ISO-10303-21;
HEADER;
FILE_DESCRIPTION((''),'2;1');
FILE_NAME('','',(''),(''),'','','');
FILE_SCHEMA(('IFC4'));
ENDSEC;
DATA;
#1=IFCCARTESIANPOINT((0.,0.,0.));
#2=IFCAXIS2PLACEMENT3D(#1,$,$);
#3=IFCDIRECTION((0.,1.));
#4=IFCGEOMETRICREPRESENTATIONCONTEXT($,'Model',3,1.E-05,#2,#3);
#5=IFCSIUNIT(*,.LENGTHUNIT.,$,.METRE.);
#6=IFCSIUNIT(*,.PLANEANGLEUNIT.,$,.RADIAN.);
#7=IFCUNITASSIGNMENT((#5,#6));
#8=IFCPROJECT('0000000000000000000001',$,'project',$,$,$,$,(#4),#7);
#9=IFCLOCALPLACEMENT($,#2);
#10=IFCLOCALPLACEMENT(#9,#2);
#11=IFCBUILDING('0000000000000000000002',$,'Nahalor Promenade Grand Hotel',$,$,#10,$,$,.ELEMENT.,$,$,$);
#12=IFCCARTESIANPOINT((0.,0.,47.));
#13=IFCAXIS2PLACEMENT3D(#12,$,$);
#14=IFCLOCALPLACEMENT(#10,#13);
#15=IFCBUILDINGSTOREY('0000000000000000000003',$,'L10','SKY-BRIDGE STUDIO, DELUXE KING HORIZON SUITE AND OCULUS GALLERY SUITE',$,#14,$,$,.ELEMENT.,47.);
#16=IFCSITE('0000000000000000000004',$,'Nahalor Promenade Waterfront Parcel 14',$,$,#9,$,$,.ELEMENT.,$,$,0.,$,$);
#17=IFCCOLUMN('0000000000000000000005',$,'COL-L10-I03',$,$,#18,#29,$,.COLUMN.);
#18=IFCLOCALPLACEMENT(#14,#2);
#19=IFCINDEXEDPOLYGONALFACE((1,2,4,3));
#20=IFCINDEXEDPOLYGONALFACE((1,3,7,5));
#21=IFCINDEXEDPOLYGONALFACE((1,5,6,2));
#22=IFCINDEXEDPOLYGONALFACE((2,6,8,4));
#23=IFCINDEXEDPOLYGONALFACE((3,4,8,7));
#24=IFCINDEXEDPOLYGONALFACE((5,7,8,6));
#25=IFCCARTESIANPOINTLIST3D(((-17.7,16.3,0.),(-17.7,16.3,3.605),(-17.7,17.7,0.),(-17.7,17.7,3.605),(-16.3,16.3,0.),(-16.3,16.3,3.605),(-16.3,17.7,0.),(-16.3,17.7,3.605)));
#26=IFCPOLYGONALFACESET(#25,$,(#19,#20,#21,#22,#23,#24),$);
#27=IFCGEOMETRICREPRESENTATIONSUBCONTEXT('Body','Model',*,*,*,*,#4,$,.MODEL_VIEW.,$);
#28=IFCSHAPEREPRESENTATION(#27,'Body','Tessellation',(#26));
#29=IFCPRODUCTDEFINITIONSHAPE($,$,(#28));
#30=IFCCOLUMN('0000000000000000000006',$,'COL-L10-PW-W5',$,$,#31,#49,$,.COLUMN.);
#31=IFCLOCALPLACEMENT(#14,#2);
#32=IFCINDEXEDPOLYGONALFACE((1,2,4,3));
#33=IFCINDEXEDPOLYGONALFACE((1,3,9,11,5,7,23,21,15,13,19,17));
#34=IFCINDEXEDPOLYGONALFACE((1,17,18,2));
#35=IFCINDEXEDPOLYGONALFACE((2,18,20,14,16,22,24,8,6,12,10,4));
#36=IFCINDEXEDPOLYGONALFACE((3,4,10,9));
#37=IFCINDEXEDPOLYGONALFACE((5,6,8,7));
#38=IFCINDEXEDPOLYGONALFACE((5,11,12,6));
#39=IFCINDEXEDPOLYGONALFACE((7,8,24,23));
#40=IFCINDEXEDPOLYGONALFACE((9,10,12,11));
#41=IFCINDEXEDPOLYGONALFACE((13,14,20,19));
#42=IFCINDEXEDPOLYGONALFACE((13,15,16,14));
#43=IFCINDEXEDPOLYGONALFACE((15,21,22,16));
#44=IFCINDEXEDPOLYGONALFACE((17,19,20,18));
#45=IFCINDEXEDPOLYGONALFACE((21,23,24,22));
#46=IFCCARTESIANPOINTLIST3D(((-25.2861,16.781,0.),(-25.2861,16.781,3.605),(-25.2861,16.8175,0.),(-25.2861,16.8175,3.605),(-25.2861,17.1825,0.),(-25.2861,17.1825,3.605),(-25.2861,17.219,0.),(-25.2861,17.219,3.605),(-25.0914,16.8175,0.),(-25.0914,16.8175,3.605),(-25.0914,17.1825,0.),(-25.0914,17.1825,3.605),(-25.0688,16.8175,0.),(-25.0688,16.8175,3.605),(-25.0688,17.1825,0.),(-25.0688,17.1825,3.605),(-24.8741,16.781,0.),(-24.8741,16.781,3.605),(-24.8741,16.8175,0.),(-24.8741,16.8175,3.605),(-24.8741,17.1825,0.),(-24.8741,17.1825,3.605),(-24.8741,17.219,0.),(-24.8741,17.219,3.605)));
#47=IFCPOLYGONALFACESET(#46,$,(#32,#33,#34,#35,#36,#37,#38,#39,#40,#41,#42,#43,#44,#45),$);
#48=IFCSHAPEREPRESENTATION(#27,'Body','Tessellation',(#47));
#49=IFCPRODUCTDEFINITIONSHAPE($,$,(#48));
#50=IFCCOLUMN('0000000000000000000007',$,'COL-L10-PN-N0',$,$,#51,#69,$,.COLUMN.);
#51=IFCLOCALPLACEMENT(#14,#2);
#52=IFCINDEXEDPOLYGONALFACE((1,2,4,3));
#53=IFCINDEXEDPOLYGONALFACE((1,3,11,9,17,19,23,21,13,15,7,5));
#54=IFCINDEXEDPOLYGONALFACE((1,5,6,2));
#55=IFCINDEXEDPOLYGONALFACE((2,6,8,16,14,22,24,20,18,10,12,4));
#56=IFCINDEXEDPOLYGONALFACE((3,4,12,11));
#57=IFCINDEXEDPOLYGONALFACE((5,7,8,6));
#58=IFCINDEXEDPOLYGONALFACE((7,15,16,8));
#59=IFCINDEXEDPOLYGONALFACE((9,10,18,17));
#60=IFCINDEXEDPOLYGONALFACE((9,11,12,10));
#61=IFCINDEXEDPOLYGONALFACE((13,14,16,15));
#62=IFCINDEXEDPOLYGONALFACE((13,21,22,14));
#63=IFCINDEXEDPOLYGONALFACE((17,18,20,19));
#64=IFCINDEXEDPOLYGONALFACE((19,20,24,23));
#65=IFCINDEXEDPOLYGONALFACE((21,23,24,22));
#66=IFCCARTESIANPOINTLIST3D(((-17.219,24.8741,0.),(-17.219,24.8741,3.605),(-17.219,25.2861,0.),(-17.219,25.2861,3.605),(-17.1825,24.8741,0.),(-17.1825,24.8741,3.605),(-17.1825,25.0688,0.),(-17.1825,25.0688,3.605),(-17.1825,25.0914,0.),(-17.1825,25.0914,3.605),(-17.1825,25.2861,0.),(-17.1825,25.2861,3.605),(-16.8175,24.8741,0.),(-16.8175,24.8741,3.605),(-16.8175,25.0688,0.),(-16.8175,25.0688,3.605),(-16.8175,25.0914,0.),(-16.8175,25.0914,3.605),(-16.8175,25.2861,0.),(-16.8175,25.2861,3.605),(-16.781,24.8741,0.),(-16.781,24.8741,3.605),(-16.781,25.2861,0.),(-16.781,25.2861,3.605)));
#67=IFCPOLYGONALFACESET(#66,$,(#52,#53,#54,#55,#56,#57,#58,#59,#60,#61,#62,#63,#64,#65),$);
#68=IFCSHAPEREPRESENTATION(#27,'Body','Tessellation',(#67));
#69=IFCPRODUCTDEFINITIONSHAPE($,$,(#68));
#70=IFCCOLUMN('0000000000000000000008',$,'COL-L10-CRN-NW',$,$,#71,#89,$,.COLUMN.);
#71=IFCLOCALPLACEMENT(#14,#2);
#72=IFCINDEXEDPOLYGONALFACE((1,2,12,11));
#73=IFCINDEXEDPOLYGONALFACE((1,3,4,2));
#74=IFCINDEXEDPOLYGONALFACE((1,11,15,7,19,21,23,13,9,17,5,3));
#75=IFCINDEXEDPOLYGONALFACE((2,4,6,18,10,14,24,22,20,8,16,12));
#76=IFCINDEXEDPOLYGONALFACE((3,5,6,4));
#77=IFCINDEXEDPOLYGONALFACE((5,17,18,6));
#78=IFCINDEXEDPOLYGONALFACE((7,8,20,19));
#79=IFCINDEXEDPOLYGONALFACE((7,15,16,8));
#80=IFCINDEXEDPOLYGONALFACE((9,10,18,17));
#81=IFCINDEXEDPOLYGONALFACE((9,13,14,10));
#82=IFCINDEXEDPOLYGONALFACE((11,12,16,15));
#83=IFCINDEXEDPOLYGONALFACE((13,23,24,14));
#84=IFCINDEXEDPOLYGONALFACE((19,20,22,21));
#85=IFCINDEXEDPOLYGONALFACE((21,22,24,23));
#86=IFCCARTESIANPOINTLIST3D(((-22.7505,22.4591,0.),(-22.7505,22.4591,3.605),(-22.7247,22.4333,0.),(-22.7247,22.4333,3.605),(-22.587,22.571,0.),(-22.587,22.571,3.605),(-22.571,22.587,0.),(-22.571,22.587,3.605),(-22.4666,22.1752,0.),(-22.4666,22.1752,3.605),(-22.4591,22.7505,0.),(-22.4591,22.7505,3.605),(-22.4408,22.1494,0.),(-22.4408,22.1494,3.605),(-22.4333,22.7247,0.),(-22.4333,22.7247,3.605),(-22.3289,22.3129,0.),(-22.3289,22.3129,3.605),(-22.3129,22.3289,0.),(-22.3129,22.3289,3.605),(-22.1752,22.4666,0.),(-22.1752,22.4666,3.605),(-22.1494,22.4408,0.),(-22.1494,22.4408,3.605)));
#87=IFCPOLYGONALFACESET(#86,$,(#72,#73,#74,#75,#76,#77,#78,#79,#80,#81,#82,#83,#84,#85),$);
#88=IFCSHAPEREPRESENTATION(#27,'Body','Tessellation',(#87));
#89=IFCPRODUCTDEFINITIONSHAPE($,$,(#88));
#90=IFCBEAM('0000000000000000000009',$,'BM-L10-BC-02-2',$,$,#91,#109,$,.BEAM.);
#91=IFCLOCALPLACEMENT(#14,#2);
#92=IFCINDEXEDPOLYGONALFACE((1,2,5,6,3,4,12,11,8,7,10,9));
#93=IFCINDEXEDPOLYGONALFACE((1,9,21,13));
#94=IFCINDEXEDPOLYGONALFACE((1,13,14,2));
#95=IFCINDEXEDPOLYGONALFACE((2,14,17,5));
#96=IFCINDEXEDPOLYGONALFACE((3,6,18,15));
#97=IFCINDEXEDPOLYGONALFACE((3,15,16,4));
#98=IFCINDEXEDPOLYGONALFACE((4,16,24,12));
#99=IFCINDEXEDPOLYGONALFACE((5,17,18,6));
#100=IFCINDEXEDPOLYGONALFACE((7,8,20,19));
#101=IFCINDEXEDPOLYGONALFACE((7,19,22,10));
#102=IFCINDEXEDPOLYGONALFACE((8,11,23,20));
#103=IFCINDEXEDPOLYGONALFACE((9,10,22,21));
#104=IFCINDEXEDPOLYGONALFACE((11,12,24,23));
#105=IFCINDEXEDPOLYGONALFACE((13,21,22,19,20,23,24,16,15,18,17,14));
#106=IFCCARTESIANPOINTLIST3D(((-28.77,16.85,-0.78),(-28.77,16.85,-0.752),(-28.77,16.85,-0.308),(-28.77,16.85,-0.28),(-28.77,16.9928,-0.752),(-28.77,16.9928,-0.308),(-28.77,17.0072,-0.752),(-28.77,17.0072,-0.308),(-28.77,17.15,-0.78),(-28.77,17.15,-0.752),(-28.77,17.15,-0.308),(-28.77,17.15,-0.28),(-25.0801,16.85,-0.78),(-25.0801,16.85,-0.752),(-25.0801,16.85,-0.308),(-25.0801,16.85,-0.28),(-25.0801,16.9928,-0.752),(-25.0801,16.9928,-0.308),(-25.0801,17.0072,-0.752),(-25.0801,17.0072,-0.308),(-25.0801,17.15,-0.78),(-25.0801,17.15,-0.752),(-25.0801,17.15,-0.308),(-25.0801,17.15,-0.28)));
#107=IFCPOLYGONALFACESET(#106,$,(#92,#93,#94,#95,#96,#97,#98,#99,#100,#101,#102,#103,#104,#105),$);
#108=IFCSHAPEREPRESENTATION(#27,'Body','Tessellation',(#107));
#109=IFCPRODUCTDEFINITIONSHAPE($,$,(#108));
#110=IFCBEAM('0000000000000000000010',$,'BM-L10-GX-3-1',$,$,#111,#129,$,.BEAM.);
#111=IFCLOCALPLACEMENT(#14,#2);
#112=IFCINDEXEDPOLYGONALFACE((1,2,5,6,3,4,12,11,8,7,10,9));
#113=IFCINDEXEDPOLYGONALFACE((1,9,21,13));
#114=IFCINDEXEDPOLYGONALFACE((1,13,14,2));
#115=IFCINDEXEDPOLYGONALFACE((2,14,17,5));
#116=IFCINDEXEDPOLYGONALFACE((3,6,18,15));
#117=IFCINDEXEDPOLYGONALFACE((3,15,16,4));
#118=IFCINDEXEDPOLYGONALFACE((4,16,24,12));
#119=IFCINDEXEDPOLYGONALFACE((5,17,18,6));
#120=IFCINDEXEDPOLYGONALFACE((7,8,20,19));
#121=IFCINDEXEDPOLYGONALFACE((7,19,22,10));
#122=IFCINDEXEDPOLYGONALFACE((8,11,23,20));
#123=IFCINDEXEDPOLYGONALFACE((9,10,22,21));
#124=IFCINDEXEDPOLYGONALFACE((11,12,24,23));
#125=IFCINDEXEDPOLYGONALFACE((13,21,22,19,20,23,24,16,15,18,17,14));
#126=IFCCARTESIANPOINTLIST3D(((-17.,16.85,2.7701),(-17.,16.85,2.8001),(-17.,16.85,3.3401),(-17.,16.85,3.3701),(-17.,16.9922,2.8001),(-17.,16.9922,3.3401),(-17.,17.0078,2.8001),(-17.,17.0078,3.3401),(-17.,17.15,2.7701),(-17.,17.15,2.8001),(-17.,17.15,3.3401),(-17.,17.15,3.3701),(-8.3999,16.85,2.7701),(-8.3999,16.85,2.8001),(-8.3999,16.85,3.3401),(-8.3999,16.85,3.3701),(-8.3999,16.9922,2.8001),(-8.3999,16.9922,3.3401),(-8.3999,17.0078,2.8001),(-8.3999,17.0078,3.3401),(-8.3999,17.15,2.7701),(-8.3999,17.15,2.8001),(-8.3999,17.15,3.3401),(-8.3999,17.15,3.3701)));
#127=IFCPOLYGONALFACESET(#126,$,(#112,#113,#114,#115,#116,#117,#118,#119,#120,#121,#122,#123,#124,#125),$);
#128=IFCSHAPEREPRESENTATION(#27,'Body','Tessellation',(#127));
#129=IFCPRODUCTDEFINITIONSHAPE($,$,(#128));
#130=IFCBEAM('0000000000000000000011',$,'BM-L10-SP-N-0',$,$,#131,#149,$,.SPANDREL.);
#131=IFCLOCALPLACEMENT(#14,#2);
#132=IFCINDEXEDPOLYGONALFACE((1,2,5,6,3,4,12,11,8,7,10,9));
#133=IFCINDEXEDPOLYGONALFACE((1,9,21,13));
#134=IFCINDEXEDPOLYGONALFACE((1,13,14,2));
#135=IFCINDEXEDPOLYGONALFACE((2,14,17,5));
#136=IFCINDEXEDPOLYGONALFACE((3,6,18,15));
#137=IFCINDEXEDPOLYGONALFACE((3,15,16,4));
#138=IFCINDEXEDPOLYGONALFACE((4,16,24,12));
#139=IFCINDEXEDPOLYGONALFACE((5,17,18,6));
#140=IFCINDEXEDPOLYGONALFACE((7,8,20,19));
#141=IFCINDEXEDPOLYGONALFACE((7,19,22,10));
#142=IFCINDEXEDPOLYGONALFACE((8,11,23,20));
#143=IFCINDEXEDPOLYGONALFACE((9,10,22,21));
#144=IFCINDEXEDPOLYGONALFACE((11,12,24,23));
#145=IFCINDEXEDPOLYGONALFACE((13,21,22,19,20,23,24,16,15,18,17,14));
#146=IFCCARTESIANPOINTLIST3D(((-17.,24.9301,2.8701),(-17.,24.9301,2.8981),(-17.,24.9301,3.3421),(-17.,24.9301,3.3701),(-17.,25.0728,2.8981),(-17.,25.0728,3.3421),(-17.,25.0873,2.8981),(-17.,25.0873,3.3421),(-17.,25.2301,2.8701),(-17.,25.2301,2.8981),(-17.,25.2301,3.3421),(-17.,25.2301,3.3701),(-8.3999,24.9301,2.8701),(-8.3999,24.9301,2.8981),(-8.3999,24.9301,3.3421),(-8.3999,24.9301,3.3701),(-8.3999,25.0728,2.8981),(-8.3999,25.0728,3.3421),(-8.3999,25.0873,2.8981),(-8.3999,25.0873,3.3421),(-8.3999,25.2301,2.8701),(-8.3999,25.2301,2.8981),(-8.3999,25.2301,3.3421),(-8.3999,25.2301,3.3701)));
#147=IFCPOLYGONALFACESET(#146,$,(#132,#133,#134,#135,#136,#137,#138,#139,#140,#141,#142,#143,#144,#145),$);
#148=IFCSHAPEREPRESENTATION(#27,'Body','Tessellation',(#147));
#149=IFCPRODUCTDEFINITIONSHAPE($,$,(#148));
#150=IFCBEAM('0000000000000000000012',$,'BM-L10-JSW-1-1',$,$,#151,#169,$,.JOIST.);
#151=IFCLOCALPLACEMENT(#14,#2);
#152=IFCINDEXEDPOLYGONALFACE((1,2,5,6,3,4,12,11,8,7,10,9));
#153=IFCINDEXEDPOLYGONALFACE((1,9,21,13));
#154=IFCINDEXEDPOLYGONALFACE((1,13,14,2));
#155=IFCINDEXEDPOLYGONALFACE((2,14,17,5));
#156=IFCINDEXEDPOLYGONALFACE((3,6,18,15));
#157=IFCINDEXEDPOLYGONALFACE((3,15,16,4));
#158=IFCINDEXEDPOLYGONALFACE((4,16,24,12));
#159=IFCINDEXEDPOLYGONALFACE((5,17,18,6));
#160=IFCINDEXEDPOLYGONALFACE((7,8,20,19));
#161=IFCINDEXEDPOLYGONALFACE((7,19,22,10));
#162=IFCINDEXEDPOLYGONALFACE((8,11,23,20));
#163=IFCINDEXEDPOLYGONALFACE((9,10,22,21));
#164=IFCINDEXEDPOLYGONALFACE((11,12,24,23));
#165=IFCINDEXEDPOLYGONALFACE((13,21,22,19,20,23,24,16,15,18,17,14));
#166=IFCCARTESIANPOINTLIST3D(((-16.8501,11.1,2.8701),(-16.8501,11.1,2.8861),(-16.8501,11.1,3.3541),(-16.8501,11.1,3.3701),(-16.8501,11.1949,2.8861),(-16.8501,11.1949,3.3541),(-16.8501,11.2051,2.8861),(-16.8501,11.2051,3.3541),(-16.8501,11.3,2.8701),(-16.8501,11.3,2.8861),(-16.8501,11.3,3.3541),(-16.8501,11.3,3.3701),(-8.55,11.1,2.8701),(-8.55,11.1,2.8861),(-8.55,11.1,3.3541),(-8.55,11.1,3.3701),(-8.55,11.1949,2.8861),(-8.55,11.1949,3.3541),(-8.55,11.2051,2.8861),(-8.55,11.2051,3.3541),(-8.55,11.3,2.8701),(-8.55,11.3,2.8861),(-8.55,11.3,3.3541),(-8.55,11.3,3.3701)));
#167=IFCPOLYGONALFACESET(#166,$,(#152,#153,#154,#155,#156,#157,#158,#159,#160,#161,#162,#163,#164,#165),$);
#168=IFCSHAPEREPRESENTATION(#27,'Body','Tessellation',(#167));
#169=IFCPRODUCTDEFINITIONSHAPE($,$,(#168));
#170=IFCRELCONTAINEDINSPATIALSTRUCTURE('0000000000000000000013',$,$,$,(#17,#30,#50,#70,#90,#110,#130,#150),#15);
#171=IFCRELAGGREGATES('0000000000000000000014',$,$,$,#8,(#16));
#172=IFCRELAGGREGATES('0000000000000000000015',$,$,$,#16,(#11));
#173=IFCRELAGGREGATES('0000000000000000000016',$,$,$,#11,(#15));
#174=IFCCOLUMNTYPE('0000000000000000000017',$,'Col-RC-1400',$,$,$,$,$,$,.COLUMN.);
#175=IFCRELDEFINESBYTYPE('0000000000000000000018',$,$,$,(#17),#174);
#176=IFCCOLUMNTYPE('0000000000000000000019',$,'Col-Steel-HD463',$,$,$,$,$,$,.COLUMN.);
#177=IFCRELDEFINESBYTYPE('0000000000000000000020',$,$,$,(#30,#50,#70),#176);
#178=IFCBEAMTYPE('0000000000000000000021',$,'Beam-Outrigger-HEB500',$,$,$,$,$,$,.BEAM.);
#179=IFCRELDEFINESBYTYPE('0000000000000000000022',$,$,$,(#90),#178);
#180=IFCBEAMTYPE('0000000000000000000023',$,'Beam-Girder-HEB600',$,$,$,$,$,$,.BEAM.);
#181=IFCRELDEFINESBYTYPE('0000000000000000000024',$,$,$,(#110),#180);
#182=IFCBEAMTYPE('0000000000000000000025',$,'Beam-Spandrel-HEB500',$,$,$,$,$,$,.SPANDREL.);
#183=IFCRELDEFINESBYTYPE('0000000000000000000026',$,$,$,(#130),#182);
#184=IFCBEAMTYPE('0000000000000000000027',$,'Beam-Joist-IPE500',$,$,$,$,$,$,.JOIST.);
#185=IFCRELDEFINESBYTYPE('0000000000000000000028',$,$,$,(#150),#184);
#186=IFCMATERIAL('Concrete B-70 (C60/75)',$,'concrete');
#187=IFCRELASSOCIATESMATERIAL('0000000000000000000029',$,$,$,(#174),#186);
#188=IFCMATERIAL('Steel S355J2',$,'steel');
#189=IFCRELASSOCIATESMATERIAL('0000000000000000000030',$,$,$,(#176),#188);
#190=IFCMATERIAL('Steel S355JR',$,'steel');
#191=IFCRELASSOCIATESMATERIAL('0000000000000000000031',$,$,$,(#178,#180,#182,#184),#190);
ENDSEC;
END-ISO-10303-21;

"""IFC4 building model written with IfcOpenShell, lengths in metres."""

from ifc_helpers import new_model, si_unit, direction, frame, origin, origin_2d, place, context, subcontext, project, spatial, rectangle, i_section, extrude, source, transform, mapped, material, material_profile, profile_set, type_object, element, save


model = new_model("IFC4")

# Units and contexts
model_context = context("Model", 3, precision=1e-05, world=origin(), true_north=direction((0.0, 1.0)))
body_context = subcontext(model_context, "Body", "Model", "MODEL_VIEW")
ifc_project = project(units=[si_unit("LENGTHUNIT", "METRE"), si_unit("PLANEANGLEUNIT", "RADIAN")], contexts=[model_context])

# Site, building, storey
site_placement = place(None, origin())
site = spatial("IfcSite", under=ifc_project, at=site_placement, Name="Nahalor Promenade Waterfront Parcel 14", CompositionType="ELEMENT", RefElevation=0.0)
building_placement = place(site_placement, origin())
building = spatial("IfcBuilding", under=site, at=building_placement, Name="Nahalor Promenade Grand Hotel", CompositionType="ELEMENT")
storey_placement = place(building_placement, frame((0.0, 0.0, 47.0)))
storey = spatial("IfcBuildingStorey", under=building, at=storey_placement, Name="L10", Description="SKY-BRIDGE STUDIO, DELUXE KING HORIZON SUITE AND OCULUS GALLERY SUITE", CompositionType="ELEMENT", Elevation=47.0)

# Columns
ifc_material_1 = material(Name="Concrete B-70 (C60/75)", Category="concrete")
ifc_material_profile_1 = material_profile(ifc_material_1, rectangle(XDim=1.4, YDim=1.4, at=origin_2d()), Name="RC 1400x1400")
ifc_profile_set_1 = profile_set([ifc_material_profile_1], Name="Concrete B-70 (C60/75)")
column_type_1 = type_object("IfcColumnType", Name="Col-RC-1400", PredefinedType="COLUMN", material=ifc_profile_set_1)
shared_shape_1 = source(origin(), body_context, "Body", "SweptSolid", [
    extrude(rectangle(XDim=1.4, YDim=1.4, at=origin_2d()), origin(), (0.0, 0.0, 1.0), 3.605),
])
column_placement = place(storey_placement, frame((-17.0, 17.0, 0.0), z_axis=(0.0, 0.0, 1.0), x_axis=(1.0, 0.0, 0.0)))
element("IfcColumn", 1, at=column_placement, inside=storey, type_object=column_type_1, Name="COL-L10-I03", PredefinedType="COLUMN", context=body_context, shape_type="MappedRepresentation", body=[
    mapped(shared_shape_1, transform((0.0, 0.0, 0.0), scale=1.0)),
])
ifc_material_2 = material(Name="Steel S355J2", Category="steel")
ifc_material_profile_2 = material_profile(ifc_material_2, i_section(OverallWidth=0.412, OverallDepth=0.438, WebThickness=0.0226, FlangeThickness=0.0365, at=origin_2d()), Name="HD 400x463")
ifc_profile_set_2 = profile_set([ifc_material_profile_2], Name="Steel S355J2")
column_type_2 = type_object("IfcColumnType", Name="Col-Steel-HD463", PredefinedType="COLUMN", material=ifc_profile_set_2)
shared_shape_2 = source(origin(), body_context, "Body", "SweptSolid", [
    extrude(i_section(OverallWidth=0.412, OverallDepth=0.438, WebThickness=0.0226, FlangeThickness=0.0365, at=origin_2d()), origin(), (0.0, 0.0, 1.0), 3.605),
])
for number, where, z_axis, x_axis, name in (
    (2, (-25.0801, 17.0, 0.0), (0.0, 0.0, 1.0), (1.0, 0.0, 0.0), "COL-L10-PW-W5"),
    (3, (-17.0, 25.0801, 0.0), (0.0, 0.0, 1.0), (0.0, 1.0, 0.0), "COL-L10-PN-N0"),
    (4, (-22.45, 22.45, 0.0), (0.0, 0.0, 1.0), (0.707107, 0.707107, 0.0), "COL-L10-CRN-NW"),
):
    element("IfcColumn", number, at=place(storey_placement, frame(where, z_axis=z_axis, x_axis=x_axis)), inside=storey, type_object=column_type_2, Name=name, PredefinedType="COLUMN", context=body_context, shape_type="MappedRepresentation", body=[
        mapped(shared_shape_2, transform((0.0, 0.0, 0.0), scale=1.0)),
    ])

# Beams
ifc_material_3 = material(Name="Steel S355JR", Category="steel")
ifc_material_profile_3 = material_profile(ifc_material_3, i_section(OverallWidth=0.3, OverallDepth=0.5, WebThickness=0.0145, FlangeThickness=0.028, at=origin_2d()), Name="HEB 500")
ifc_profile_set_3 = profile_set([ifc_material_profile_3], Name="Steel S355JR")
beam_type_1 = type_object("IfcBeamType", Name="Beam-Outrigger-HEB500", PredefinedType="BEAM", material=ifc_profile_set_3)
shared_shape_3 = source(origin(), body_context, "Body", "SweptSolid", [
    extrude(i_section(OverallWidth=0.3, OverallDepth=0.5, WebThickness=0.0145, FlangeThickness=0.028, at=origin_2d()), origin(), (0.0, 0.0, 1.0), 3.6899),
])
beam_1_placement = place(storey_placement, frame((-28.77, 17.0, -0.53), z_axis=(1.0, 0.0, 0.0), x_axis=(0.0, 1.0, 0.0)))
element("IfcBeam", 5, at=beam_1_placement, inside=storey, type_object=beam_type_1, Name="BM-L10-BC-02-2", PredefinedType="BEAM", context=body_context, shape_type="MappedRepresentation", body=[
    mapped(shared_shape_3, transform((0.0, 0.0, 0.0), scale=1.0)),
])
ifc_material_profile_4 = material_profile(ifc_material_3, i_section(OverallWidth=0.3, OverallDepth=0.6, WebThickness=0.0155, FlangeThickness=0.03, at=origin_2d()), Name="HEB 600")
ifc_profile_set_4 = profile_set([ifc_material_profile_4], Name="Steel S355JR")
beam_type_2 = type_object("IfcBeamType", Name="Beam-Girder-HEB600", PredefinedType="BEAM", material=ifc_profile_set_4)
shared_shape_4 = source(origin(), body_context, "Body", "SweptSolid", [
    extrude(i_section(OverallWidth=0.3, OverallDepth=0.6, WebThickness=0.0155, FlangeThickness=0.03, at=origin_2d()), origin(), (0.0, 0.0, 1.0), 8.6001),
])
beam_2_placement = place(storey_placement, frame((-17.0, 17.0, 3.0701), z_axis=(1.0, 0.0, 0.0), x_axis=(0.0, 1.0, 0.0)))
element("IfcBeam", 6, at=beam_2_placement, inside=storey, type_object=beam_type_2, Name="BM-L10-GX-3-1", PredefinedType="BEAM", context=body_context, shape_type="MappedRepresentation", body=[
    mapped(shared_shape_4, transform((0.0, 0.0, 0.0), scale=1.0)),
])
ifc_material_profile_5 = material_profile(ifc_material_3, i_section(OverallWidth=0.3, OverallDepth=0.5, WebThickness=0.0145, FlangeThickness=0.028, at=origin_2d()), Name="HEB 500")
ifc_profile_set_5 = profile_set([ifc_material_profile_5], Name="Steel S355JR")
beam_type_3 = type_object("IfcBeamType", Name="Beam-Spandrel-HEB500", PredefinedType="SPANDREL", material=ifc_profile_set_5)
shared_shape_5 = source(origin(), body_context, "Body", "SweptSolid", [
    extrude(i_section(OverallWidth=0.3, OverallDepth=0.5, WebThickness=0.0145, FlangeThickness=0.028, at=origin_2d()), origin(), (0.0, 0.0, 1.0), 8.6001),
])
beam_3_placement = place(storey_placement, frame((-17.0, 25.0801, 3.1201), z_axis=(1.0, 0.0, 0.0), x_axis=(0.0, 1.0, 0.0)))
element("IfcBeam", 7, at=beam_3_placement, inside=storey, type_object=beam_type_3, Name="BM-L10-SP-N-0", PredefinedType="SPANDREL", context=body_context, shape_type="MappedRepresentation", body=[
    mapped(shared_shape_5, transform((0.0, 0.0, 0.0), scale=1.0)),
])
ifc_material_profile_6 = material_profile(ifc_material_3, i_section(OverallWidth=0.2, OverallDepth=0.5, WebThickness=0.0102, FlangeThickness=0.016, at=origin_2d()), Name="IPE 500")
ifc_profile_set_6 = profile_set([ifc_material_profile_6], Name="Steel S355JR")
beam_type_4 = type_object("IfcBeamType", Name="Beam-Joist-IPE500", PredefinedType="JOIST", material=ifc_profile_set_6)
shared_shape_6 = source(origin(), body_context, "Body", "SweptSolid", [
    extrude(i_section(OverallWidth=0.2, OverallDepth=0.5, WebThickness=0.0102, FlangeThickness=0.016, at=origin_2d()), origin(), (0.0, 0.0, 1.0), 8.3),
])
beam_4_placement = place(storey_placement, frame((-16.8501, 11.2, 3.1201), z_axis=(1.0, 0.0, 0.0), x_axis=(0.0, 1.0, 0.0)))
element("IfcBeam", 8, at=beam_4_placement, inside=storey, type_object=beam_type_4, Name="BM-L10-JSW-1-1", PredefinedType="JOIST", context=body_context, shape_type="MappedRepresentation", body=[
    mapped(shared_shape_6, transform((0.0, 0.0, 0.0), scale=1.0)),
])

save(model, "model.ifc")
